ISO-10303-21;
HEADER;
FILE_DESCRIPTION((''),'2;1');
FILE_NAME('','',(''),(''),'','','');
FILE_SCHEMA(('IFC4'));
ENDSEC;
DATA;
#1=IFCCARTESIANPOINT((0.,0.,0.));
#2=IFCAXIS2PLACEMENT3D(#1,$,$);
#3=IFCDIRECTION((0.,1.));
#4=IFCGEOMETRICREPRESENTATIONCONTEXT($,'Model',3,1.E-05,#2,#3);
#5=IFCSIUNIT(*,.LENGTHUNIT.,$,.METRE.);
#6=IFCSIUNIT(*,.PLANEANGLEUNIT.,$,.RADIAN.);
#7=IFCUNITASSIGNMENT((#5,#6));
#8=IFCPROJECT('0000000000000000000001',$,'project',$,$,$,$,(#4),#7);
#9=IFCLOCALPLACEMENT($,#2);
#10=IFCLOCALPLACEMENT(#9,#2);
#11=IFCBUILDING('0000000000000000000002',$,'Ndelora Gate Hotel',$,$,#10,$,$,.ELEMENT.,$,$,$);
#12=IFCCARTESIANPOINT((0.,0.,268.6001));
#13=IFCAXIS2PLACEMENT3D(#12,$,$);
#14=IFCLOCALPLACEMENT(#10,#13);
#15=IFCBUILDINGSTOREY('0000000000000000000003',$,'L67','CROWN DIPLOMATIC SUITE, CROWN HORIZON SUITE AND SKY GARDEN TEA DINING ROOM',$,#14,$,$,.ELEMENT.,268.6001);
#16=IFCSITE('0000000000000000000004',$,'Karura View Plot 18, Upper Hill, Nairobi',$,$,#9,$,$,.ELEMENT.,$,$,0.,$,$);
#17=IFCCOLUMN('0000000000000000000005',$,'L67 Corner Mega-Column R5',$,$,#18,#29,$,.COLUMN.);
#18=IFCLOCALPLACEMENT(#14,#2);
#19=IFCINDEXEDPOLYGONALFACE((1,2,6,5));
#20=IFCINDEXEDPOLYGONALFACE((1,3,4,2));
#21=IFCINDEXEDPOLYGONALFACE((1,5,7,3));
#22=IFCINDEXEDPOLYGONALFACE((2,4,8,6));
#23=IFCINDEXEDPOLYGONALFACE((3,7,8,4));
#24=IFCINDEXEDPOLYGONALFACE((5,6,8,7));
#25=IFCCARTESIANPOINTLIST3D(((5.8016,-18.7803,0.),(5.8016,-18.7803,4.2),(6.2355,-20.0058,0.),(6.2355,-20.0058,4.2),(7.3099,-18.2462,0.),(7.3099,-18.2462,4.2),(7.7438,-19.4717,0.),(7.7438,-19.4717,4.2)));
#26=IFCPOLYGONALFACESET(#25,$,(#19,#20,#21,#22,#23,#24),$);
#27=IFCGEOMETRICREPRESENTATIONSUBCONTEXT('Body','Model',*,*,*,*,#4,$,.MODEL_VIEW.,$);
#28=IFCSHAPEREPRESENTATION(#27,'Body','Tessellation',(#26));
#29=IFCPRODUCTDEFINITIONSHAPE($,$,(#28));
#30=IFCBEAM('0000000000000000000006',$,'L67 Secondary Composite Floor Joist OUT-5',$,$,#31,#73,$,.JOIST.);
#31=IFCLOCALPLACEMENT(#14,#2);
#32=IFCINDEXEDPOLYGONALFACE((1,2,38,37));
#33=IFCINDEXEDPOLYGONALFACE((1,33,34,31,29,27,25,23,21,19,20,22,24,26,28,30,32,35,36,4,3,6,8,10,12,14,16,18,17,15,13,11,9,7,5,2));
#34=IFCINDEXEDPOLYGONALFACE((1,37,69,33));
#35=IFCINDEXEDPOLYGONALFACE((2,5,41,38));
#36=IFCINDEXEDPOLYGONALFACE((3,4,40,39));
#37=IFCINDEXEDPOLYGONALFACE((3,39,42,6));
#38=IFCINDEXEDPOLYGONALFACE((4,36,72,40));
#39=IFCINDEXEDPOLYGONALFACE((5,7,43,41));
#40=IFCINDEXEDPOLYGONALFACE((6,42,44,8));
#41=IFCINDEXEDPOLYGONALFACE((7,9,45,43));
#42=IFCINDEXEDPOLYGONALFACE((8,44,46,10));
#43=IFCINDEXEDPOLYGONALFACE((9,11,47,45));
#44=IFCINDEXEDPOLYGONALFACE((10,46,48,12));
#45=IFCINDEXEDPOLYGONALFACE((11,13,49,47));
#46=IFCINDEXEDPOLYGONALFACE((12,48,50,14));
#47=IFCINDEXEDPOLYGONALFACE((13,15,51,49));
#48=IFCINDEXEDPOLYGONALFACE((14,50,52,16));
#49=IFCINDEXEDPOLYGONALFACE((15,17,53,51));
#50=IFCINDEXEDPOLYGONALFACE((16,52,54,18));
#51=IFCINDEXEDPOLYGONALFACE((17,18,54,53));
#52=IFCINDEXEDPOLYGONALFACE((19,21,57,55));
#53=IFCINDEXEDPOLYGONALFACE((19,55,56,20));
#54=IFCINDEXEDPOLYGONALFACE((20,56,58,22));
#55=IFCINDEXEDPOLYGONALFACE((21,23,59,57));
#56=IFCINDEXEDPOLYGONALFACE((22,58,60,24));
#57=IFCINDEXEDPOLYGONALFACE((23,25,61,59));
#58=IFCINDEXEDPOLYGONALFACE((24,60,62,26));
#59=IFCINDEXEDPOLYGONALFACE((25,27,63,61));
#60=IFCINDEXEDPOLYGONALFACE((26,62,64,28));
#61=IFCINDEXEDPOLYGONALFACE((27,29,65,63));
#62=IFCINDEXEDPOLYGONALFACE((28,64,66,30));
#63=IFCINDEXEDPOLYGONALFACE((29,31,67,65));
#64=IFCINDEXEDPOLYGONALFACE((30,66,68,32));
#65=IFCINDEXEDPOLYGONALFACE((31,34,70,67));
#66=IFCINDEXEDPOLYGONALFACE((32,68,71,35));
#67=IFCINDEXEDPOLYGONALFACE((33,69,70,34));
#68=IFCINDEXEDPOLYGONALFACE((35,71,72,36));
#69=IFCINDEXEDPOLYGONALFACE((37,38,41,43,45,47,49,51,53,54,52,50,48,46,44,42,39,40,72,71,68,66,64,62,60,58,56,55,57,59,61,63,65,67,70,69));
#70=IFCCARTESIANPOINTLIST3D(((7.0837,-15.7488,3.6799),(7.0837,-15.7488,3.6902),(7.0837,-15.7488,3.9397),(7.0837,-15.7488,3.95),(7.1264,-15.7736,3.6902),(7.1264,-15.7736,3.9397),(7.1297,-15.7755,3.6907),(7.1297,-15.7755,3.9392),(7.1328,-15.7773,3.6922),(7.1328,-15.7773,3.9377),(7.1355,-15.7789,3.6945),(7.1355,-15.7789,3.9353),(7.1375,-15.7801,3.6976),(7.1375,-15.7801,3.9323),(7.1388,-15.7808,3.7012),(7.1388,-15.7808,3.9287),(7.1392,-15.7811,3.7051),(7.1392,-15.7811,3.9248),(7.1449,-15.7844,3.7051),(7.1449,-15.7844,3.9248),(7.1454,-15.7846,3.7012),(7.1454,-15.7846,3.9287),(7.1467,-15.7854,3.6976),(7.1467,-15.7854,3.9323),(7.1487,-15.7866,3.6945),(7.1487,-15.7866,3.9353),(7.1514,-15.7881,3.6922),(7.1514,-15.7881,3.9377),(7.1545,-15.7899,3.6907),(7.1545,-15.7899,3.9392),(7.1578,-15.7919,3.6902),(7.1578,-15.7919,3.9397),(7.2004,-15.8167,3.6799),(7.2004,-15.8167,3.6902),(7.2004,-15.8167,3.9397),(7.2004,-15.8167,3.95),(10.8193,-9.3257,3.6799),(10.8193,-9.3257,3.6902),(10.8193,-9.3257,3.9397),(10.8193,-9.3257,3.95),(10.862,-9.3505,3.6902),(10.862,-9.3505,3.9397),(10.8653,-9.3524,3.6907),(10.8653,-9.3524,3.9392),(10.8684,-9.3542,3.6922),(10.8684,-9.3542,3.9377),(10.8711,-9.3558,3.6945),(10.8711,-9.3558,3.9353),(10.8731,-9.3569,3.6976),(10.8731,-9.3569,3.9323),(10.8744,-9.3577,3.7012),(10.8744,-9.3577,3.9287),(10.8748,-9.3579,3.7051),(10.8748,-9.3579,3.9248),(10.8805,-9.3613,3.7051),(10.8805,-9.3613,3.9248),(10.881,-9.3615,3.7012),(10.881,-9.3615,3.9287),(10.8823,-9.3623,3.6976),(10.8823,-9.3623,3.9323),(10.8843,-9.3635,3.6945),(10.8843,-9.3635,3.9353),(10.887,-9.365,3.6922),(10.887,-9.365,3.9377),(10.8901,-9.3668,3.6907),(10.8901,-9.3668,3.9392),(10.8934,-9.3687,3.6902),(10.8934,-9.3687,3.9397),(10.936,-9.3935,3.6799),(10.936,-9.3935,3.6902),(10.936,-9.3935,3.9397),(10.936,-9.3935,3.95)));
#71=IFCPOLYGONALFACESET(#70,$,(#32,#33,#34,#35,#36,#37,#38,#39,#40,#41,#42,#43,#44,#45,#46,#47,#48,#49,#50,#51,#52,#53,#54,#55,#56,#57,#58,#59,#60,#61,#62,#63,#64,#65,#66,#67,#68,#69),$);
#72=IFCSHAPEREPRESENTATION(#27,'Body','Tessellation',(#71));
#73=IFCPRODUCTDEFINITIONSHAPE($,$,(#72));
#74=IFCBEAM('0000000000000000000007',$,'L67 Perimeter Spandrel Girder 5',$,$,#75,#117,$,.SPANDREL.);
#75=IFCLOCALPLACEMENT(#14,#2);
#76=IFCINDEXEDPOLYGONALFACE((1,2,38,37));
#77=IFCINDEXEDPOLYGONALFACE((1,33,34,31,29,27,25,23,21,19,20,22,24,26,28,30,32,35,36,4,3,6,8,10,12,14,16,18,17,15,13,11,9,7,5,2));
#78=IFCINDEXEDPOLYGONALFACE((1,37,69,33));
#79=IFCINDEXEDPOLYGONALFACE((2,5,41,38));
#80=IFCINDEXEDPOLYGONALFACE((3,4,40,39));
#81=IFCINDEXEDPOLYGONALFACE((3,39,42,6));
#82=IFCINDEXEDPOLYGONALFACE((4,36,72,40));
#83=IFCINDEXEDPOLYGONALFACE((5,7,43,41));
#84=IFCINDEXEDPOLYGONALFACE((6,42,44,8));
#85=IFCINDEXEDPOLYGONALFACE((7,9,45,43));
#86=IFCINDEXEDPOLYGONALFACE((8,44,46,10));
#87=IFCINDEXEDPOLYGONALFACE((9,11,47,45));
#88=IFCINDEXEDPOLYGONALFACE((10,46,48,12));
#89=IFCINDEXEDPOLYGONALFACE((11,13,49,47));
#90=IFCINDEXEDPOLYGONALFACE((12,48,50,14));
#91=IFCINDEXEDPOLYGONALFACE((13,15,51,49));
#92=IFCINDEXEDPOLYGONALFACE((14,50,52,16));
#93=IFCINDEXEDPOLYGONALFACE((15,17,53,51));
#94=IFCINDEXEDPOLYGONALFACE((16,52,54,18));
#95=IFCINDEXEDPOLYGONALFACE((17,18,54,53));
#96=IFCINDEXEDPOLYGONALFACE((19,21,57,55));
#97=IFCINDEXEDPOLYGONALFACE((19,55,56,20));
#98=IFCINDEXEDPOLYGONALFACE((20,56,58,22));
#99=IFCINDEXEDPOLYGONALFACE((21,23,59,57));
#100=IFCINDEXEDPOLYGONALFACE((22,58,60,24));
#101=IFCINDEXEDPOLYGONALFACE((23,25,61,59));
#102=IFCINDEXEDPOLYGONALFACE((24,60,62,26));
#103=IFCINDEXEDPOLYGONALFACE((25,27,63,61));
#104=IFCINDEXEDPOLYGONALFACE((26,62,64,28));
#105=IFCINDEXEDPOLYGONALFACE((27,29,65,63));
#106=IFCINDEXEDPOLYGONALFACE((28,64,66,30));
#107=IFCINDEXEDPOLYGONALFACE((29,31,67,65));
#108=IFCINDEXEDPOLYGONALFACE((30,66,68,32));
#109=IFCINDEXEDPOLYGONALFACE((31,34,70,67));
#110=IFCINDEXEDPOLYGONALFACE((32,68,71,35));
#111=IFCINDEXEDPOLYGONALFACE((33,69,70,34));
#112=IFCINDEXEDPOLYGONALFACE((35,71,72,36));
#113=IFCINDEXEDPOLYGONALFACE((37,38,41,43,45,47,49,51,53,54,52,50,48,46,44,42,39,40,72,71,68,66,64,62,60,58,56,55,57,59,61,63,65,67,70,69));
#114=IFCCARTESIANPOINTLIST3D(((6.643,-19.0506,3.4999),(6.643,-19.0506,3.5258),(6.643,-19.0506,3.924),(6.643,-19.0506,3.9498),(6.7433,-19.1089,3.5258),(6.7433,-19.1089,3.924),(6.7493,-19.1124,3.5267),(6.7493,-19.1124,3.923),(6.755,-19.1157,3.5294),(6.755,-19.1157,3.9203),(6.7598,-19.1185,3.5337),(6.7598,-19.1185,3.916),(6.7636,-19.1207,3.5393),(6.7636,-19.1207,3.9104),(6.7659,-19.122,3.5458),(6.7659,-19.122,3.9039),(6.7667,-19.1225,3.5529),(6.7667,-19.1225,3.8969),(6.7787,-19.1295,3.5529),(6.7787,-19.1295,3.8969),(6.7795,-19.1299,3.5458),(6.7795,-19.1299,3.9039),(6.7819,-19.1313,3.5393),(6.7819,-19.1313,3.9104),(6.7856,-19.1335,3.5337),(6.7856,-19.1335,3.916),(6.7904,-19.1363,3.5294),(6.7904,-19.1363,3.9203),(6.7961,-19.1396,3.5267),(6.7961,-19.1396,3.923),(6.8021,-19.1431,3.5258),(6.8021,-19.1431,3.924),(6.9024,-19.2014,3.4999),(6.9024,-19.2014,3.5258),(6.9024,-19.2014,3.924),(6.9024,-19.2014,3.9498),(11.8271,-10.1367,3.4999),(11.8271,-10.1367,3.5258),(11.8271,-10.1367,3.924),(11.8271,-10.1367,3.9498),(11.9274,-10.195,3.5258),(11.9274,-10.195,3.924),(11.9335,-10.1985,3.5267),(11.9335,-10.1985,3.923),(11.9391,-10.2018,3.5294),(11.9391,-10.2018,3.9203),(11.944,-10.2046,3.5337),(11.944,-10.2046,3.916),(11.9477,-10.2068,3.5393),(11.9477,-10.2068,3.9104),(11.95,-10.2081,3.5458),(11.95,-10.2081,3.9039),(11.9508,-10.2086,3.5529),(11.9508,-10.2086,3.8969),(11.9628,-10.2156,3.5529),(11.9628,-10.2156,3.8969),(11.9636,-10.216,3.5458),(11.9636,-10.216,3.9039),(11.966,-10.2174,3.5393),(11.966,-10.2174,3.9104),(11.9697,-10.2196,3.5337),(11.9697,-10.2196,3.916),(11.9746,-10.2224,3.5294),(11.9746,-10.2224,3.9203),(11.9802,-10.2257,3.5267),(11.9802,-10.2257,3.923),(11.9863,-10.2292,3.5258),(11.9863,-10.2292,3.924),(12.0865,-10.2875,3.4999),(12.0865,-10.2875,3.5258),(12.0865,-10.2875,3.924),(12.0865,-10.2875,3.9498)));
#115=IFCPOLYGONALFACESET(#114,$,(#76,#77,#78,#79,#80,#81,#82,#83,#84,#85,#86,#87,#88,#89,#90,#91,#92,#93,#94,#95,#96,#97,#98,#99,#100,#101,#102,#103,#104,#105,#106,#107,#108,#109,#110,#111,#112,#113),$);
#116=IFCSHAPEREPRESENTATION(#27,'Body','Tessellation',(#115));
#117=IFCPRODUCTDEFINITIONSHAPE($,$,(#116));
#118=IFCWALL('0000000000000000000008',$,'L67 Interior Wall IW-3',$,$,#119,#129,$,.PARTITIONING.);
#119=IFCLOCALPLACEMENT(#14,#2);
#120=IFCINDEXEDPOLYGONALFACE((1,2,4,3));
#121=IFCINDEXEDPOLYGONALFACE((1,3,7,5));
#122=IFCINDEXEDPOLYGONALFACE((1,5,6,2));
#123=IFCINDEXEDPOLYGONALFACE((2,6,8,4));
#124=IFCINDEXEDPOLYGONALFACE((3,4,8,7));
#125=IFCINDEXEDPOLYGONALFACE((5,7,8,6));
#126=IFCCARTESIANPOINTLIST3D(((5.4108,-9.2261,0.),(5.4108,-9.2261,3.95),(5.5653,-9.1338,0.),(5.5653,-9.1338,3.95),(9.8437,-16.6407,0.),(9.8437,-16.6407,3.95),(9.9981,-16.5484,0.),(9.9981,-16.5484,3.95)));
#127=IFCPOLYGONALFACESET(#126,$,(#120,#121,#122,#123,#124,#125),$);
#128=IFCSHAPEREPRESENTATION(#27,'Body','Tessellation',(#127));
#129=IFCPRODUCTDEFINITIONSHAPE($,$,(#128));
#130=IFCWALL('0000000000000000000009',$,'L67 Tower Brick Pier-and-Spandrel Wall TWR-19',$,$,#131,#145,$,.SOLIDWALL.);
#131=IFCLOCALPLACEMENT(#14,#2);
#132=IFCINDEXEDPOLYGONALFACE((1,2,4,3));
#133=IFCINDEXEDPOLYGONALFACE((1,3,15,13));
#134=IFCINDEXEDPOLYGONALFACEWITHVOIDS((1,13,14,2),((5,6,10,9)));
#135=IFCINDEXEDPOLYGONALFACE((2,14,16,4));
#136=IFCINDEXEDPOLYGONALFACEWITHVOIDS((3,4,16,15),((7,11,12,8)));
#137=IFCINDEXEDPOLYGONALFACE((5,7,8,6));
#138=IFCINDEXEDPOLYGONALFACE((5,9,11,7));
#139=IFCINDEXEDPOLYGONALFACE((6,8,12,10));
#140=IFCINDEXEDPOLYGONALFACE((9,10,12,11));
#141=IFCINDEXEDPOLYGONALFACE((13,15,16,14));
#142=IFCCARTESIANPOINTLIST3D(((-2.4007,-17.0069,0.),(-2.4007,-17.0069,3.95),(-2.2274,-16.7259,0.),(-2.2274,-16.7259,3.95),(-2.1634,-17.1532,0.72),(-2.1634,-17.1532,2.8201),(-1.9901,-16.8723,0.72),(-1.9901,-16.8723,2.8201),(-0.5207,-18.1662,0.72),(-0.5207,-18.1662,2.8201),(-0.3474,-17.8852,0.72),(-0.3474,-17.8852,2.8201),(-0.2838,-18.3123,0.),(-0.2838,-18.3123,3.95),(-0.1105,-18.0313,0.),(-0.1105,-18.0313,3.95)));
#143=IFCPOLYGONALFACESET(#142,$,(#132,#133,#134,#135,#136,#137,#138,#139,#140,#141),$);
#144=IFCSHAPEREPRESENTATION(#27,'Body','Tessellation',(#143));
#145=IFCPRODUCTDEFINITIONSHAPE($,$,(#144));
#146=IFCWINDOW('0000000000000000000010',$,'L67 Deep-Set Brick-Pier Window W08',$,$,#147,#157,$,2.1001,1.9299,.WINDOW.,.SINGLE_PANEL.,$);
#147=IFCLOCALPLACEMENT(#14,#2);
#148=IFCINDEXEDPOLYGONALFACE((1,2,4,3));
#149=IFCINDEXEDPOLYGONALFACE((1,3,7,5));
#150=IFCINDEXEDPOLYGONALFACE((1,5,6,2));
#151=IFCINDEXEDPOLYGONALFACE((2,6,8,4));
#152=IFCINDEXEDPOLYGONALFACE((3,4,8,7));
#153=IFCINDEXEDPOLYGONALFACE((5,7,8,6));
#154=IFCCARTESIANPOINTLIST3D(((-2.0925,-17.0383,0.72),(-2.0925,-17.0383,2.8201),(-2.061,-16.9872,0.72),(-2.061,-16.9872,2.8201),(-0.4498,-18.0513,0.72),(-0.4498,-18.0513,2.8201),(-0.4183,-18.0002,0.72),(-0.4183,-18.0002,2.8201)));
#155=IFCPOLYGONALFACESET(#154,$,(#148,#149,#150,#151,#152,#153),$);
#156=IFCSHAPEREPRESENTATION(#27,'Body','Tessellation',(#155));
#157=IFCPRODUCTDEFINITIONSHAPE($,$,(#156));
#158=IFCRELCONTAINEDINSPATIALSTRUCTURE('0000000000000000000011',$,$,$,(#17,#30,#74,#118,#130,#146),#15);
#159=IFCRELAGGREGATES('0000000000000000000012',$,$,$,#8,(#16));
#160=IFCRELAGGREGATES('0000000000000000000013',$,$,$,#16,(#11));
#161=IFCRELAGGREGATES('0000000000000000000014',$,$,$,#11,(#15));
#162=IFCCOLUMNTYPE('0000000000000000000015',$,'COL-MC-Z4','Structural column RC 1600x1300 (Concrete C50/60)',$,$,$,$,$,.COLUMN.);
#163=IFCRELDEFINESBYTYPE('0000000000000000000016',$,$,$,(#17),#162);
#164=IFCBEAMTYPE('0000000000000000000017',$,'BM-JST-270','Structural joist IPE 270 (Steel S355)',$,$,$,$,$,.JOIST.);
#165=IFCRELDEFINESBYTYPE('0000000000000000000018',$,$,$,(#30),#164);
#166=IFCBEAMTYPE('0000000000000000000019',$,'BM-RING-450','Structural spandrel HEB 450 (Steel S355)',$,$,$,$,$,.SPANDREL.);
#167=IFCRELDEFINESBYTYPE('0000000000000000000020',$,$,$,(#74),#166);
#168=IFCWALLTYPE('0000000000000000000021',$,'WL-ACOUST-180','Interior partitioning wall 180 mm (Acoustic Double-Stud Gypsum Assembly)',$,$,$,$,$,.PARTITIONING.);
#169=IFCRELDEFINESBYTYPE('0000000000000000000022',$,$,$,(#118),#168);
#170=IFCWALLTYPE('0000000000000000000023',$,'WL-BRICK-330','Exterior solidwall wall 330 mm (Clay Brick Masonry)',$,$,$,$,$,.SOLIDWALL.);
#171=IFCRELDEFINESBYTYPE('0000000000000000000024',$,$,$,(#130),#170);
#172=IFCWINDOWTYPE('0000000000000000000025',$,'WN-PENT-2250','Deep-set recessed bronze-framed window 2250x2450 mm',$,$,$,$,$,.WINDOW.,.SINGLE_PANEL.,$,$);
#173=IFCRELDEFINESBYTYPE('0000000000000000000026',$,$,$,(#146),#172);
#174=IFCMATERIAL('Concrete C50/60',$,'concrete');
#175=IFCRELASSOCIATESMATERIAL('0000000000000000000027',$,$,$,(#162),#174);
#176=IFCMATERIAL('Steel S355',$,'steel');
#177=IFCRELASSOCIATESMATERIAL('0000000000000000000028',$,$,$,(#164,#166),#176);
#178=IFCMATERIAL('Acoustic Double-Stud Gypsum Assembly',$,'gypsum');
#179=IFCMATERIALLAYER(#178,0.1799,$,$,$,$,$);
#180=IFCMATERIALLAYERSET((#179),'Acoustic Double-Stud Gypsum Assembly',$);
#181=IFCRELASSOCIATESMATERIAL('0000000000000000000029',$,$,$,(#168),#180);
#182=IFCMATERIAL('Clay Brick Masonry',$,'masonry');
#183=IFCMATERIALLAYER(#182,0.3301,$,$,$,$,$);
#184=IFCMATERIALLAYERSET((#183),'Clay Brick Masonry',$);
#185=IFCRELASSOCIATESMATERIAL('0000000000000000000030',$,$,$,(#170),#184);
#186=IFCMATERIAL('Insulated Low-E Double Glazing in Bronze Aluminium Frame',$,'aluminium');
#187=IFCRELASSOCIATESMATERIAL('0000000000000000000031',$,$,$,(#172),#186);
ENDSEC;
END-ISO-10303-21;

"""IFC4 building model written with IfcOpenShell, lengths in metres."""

from ifc_helpers import new_model, si_unit, direction, frame, frame_2d, origin, origin_2d, place, context, subcontext, project, spatial, rectangle, i_section, extrude, material, layer, layer_set, material_profile, profile_set, type_object, element, fill, save


model = new_model("IFC4")

# Units and contexts
model_context = context("Model", 3, precision=1e-05, world=origin(), true_north=direction((0.0, 1.0)))
body_context = subcontext(model_context, "Body", "Model", "MODEL_VIEW")
ifc_project = project(units=[si_unit("LENGTHUNIT", "METRE"), si_unit("PLANEANGLEUNIT", "RADIAN")], contexts=[model_context])

# Site, building, storey
site_placement = place(None, origin())
site = spatial("IfcSite", under=ifc_project, at=site_placement, Name="Karura View Plot 18, Upper Hill, Nairobi", CompositionType="ELEMENT", RefElevation=0.0)
building_placement = place(site_placement, origin())
building = spatial("IfcBuilding", under=site, at=building_placement, Name="Ndelora Gate Hotel", CompositionType="ELEMENT")
storey_placement = place(building_placement, frame((0.0, 0.0, 268.6001)))
storey = spatial("IfcBuildingStorey", under=building, at=storey_placement, Name="L67", Description="CROWN DIPLOMATIC SUITE, CROWN HORIZON SUITE AND SKY GARDEN TEA DINING ROOM", CompositionType="ELEMENT", Elevation=268.6001)

# Column
ifc_material_1 = material(Name="Concrete C50/60", Category="concrete")
ifc_material_profile_1 = material_profile(ifc_material_1, rectangle(XDim=1.3, YDim=1.6001, at=origin_2d()), Name="RC 1600x1300")
ifc_profile_set_1 = profile_set([ifc_material_profile_1], Name="Concrete C50/60")
column_type = type_object("IfcColumnType", Name="COL-MC-Z4", Description="Structural column RC 1600x1300 (Concrete C50/60)", PredefinedType="COLUMN", material=ifc_profile_set_1)
column_placement = place(storey_placement, frame((6.7727, -19.126, 0.0), z_axis=(0.0, 0.0, 1.0), x_axis=(-0.333807, 0.942641, 0.0)))
element("IfcColumn", 1, at=column_placement, inside=storey, type_object=column_type, Name="L67 Corner Mega-Column R5", PredefinedType="COLUMN", context=body_context, shape_type="SweptSolid", body=[
    extrude(rectangle(XDim=1.3, YDim=1.6001, at=origin_2d()), origin(), (0.0, 0.0, 1.0), 4.2),
])

# Beams
ifc_material_2 = material(Name="Steel S355", Category="steel")
ifc_material_profile_2 = material_profile(ifc_material_2, i_section(OverallWidth=0.135, OverallDepth=0.27, WebThickness=0.0066, FlangeThickness=0.0103, FilletRadius=0.0149, at=origin_2d()), Name="IPE 270")
ifc_profile_set_2 = profile_set([ifc_material_profile_2], Name="Steel S355")
beam_type_1 = type_object("IfcBeamType", Name="BM-JST-270", Description="Structural joist IPE 270 (Steel S355)", PredefinedType="JOIST", material=ifc_profile_set_2)
beam_1_placement = place(storey_placement, frame((7.1421, -15.7827, 3.8149), z_axis=(0.502745, 0.864435, 0.0), x_axis=(-0.864435, 0.502745, 0.0)))
element("IfcBeam", 2, at=beam_1_placement, inside=storey, type_object=beam_type_1, Name="L67 Secondary Composite Floor Joist OUT-5", PredefinedType="JOIST", context=body_context, shape_type="SweptSolid", body=[
    extrude(i_section(OverallWidth=0.135, OverallDepth=0.27, WebThickness=0.0066, FlangeThickness=0.0103, FilletRadius=0.0149, at=origin_2d()), origin(), (0.0, 0.0, 1.0), 7.4304),
])
ifc_material_profile_3 = material_profile(ifc_material_2, i_section(OverallWidth=0.3, OverallDepth=0.45, WebThickness=0.0139, FlangeThickness=0.0259, FilletRadius=0.0271, at=origin_2d()), Name="HEB 450")
ifc_profile_set_3 = profile_set([ifc_material_profile_3], Name="Steel S355")
beam_type_2 = type_object("IfcBeamType", Name="BM-RING-450", Description="Structural spandrel HEB 450 (Steel S355)", PredefinedType="SPANDREL", material=ifc_profile_set_3)
beam_2_placement = place(storey_placement, frame((6.7727, -19.126, 3.7249), z_axis=(0.502739, 0.864439, 0.0), x_axis=(-0.864439, 0.502739, 0.0)))
element("IfcBeam", 3, at=beam_2_placement, inside=storey, type_object=beam_type_2, Name="L67 Perimeter Spandrel Girder 5", PredefinedType="SPANDREL", context=body_context, shape_type="SweptSolid", body=[
    extrude(i_section(OverallWidth=0.3, OverallDepth=0.45, WebThickness=0.0139, FlangeThickness=0.0259, FilletRadius=0.0271, at=origin_2d()), origin(), (0.0, 0.0, 1.0), 10.3118),
])

# Wall
ifc_material_3 = material(Name="Acoustic Double-Stud Gypsum Assembly", Category="gypsum")
ifc_layer_1 = layer(ifc_material_3, 0.1799)
ifc_layer_set_1 = layer_set([ifc_layer_1], Name="Acoustic Double-Stud Gypsum Assembly")
wall_type_1 = type_object("IfcWallType", Name="WL-ACOUST-180", Description="Interior partitioning wall 180 mm (Acoustic Double-Stud Gypsum Assembly)", PredefinedType="PARTITIONING", material=ifc_layer_set_1)
wall_1_placement = place(storey_placement, frame((5.488, -9.1799, 0.0), z_axis=(0.0, 0.0, 1.0), x_axis=(0.513144, -0.858302, 0.0)))
element("IfcWall", 4, at=wall_1_placement, inside=storey, type_object=wall_type_1, Name="L67 Interior Wall IW-3", PredefinedType="PARTITIONING", context=body_context, shape_type="SweptSolid", body=[
    extrude(rectangle(XDim=8.6387, YDim=0.1799, at=frame_2d((4.3193, 0.0))), origin(), (0.0, 0.0, 1.0), 3.95),
])

# Wall, opening, window
ifc_material_4 = material(Name="Clay Brick Masonry", Category="masonry")
ifc_layer_2 = layer(ifc_material_4, 0.3301)
ifc_layer_set_2 = layer_set([ifc_layer_2], Name="Clay Brick Masonry")
wall_type_2 = type_object("IfcWallType", Name="WL-BRICK-330", Description="Exterior solidwall wall 330 mm (Clay Brick Masonry)", PredefinedType="SOLIDWALL", material=ifc_layer_set_2)
wall_2_placement = place(storey_placement, frame((-0.197, -18.1719, 0.0), z_axis=(0.0, 0.0, 1.0), x_axis=(-0.851176, 0.52488, 0.0)))
wall_2 = element("IfcWall", 5, at=wall_2_placement, inside=storey, type_object=wall_type_2, Name="L67 Tower Brick Pier-and-Spandrel Wall TWR-19", PredefinedType="SOLIDWALL", context=body_context, shape_type="SweptSolid", body=[
    extrude(rectangle(XDim=2.4871, YDim=0.3301, at=frame_2d((1.2437, 0.0))), origin(), (0.0, 0.0, 1.0), 3.95),
])
opening_1_placement = place(wall_2_placement, frame((0.2786, 0.0, 0.72)))
opening_1 = element("IfcOpeningElement", 6, at=opening_1_placement, cuts=wall_2, PredefinedType="OPENING", context=body_context, shape_type="SweptSolid", body=[
    extrude(rectangle(XDim=1.9299, YDim=2.1001, at=frame_2d((0.9648, 1.05))), frame((0.0, 0.175, 0.0), z_axis=(0.0, -1.0, 0.0), x_axis=(1.0, 0.0, 0.0)), (0.0, 0.0, 1.0), 0.3501),
])
ifc_material_5 = material(Name="Insulated Low-E Double Glazing in Bronze Aluminium Frame", Category="aluminium")
window_type = type_object("IfcWindowType", Name="WN-PENT-2250", Description="Deep-set recessed bronze-framed window 2250x2450 mm", PartitioningType="SINGLE_PANEL", PredefinedType="WINDOW", material=ifc_material_5)
window_1_placement = place(opening_1_placement, origin())
window_1 = element("IfcWindow", 7, at=window_1_placement, inside=storey, type_object=window_type, Name="L67 Deep-Set Brick-Pier Window W08", OverallHeight=2.1001, OverallWidth=1.9299, PartitioningType="SINGLE_PANEL", PredefinedType="WINDOW", context=body_context, shape_type="SweptSolid", body=[
    extrude(rectangle(XDim=1.9299, YDim=2.1001, at=frame_2d((0.9648, 1.05))), frame((0.0, 0.03, 0.0), z_axis=(0.0, -1.0, 0.0), x_axis=(1.0, 0.0, 0.0)), (0.0, 0.0, 1.0), 0.0601),
])
fill(opening_1, window_1)

save(model, "model.ifc")
